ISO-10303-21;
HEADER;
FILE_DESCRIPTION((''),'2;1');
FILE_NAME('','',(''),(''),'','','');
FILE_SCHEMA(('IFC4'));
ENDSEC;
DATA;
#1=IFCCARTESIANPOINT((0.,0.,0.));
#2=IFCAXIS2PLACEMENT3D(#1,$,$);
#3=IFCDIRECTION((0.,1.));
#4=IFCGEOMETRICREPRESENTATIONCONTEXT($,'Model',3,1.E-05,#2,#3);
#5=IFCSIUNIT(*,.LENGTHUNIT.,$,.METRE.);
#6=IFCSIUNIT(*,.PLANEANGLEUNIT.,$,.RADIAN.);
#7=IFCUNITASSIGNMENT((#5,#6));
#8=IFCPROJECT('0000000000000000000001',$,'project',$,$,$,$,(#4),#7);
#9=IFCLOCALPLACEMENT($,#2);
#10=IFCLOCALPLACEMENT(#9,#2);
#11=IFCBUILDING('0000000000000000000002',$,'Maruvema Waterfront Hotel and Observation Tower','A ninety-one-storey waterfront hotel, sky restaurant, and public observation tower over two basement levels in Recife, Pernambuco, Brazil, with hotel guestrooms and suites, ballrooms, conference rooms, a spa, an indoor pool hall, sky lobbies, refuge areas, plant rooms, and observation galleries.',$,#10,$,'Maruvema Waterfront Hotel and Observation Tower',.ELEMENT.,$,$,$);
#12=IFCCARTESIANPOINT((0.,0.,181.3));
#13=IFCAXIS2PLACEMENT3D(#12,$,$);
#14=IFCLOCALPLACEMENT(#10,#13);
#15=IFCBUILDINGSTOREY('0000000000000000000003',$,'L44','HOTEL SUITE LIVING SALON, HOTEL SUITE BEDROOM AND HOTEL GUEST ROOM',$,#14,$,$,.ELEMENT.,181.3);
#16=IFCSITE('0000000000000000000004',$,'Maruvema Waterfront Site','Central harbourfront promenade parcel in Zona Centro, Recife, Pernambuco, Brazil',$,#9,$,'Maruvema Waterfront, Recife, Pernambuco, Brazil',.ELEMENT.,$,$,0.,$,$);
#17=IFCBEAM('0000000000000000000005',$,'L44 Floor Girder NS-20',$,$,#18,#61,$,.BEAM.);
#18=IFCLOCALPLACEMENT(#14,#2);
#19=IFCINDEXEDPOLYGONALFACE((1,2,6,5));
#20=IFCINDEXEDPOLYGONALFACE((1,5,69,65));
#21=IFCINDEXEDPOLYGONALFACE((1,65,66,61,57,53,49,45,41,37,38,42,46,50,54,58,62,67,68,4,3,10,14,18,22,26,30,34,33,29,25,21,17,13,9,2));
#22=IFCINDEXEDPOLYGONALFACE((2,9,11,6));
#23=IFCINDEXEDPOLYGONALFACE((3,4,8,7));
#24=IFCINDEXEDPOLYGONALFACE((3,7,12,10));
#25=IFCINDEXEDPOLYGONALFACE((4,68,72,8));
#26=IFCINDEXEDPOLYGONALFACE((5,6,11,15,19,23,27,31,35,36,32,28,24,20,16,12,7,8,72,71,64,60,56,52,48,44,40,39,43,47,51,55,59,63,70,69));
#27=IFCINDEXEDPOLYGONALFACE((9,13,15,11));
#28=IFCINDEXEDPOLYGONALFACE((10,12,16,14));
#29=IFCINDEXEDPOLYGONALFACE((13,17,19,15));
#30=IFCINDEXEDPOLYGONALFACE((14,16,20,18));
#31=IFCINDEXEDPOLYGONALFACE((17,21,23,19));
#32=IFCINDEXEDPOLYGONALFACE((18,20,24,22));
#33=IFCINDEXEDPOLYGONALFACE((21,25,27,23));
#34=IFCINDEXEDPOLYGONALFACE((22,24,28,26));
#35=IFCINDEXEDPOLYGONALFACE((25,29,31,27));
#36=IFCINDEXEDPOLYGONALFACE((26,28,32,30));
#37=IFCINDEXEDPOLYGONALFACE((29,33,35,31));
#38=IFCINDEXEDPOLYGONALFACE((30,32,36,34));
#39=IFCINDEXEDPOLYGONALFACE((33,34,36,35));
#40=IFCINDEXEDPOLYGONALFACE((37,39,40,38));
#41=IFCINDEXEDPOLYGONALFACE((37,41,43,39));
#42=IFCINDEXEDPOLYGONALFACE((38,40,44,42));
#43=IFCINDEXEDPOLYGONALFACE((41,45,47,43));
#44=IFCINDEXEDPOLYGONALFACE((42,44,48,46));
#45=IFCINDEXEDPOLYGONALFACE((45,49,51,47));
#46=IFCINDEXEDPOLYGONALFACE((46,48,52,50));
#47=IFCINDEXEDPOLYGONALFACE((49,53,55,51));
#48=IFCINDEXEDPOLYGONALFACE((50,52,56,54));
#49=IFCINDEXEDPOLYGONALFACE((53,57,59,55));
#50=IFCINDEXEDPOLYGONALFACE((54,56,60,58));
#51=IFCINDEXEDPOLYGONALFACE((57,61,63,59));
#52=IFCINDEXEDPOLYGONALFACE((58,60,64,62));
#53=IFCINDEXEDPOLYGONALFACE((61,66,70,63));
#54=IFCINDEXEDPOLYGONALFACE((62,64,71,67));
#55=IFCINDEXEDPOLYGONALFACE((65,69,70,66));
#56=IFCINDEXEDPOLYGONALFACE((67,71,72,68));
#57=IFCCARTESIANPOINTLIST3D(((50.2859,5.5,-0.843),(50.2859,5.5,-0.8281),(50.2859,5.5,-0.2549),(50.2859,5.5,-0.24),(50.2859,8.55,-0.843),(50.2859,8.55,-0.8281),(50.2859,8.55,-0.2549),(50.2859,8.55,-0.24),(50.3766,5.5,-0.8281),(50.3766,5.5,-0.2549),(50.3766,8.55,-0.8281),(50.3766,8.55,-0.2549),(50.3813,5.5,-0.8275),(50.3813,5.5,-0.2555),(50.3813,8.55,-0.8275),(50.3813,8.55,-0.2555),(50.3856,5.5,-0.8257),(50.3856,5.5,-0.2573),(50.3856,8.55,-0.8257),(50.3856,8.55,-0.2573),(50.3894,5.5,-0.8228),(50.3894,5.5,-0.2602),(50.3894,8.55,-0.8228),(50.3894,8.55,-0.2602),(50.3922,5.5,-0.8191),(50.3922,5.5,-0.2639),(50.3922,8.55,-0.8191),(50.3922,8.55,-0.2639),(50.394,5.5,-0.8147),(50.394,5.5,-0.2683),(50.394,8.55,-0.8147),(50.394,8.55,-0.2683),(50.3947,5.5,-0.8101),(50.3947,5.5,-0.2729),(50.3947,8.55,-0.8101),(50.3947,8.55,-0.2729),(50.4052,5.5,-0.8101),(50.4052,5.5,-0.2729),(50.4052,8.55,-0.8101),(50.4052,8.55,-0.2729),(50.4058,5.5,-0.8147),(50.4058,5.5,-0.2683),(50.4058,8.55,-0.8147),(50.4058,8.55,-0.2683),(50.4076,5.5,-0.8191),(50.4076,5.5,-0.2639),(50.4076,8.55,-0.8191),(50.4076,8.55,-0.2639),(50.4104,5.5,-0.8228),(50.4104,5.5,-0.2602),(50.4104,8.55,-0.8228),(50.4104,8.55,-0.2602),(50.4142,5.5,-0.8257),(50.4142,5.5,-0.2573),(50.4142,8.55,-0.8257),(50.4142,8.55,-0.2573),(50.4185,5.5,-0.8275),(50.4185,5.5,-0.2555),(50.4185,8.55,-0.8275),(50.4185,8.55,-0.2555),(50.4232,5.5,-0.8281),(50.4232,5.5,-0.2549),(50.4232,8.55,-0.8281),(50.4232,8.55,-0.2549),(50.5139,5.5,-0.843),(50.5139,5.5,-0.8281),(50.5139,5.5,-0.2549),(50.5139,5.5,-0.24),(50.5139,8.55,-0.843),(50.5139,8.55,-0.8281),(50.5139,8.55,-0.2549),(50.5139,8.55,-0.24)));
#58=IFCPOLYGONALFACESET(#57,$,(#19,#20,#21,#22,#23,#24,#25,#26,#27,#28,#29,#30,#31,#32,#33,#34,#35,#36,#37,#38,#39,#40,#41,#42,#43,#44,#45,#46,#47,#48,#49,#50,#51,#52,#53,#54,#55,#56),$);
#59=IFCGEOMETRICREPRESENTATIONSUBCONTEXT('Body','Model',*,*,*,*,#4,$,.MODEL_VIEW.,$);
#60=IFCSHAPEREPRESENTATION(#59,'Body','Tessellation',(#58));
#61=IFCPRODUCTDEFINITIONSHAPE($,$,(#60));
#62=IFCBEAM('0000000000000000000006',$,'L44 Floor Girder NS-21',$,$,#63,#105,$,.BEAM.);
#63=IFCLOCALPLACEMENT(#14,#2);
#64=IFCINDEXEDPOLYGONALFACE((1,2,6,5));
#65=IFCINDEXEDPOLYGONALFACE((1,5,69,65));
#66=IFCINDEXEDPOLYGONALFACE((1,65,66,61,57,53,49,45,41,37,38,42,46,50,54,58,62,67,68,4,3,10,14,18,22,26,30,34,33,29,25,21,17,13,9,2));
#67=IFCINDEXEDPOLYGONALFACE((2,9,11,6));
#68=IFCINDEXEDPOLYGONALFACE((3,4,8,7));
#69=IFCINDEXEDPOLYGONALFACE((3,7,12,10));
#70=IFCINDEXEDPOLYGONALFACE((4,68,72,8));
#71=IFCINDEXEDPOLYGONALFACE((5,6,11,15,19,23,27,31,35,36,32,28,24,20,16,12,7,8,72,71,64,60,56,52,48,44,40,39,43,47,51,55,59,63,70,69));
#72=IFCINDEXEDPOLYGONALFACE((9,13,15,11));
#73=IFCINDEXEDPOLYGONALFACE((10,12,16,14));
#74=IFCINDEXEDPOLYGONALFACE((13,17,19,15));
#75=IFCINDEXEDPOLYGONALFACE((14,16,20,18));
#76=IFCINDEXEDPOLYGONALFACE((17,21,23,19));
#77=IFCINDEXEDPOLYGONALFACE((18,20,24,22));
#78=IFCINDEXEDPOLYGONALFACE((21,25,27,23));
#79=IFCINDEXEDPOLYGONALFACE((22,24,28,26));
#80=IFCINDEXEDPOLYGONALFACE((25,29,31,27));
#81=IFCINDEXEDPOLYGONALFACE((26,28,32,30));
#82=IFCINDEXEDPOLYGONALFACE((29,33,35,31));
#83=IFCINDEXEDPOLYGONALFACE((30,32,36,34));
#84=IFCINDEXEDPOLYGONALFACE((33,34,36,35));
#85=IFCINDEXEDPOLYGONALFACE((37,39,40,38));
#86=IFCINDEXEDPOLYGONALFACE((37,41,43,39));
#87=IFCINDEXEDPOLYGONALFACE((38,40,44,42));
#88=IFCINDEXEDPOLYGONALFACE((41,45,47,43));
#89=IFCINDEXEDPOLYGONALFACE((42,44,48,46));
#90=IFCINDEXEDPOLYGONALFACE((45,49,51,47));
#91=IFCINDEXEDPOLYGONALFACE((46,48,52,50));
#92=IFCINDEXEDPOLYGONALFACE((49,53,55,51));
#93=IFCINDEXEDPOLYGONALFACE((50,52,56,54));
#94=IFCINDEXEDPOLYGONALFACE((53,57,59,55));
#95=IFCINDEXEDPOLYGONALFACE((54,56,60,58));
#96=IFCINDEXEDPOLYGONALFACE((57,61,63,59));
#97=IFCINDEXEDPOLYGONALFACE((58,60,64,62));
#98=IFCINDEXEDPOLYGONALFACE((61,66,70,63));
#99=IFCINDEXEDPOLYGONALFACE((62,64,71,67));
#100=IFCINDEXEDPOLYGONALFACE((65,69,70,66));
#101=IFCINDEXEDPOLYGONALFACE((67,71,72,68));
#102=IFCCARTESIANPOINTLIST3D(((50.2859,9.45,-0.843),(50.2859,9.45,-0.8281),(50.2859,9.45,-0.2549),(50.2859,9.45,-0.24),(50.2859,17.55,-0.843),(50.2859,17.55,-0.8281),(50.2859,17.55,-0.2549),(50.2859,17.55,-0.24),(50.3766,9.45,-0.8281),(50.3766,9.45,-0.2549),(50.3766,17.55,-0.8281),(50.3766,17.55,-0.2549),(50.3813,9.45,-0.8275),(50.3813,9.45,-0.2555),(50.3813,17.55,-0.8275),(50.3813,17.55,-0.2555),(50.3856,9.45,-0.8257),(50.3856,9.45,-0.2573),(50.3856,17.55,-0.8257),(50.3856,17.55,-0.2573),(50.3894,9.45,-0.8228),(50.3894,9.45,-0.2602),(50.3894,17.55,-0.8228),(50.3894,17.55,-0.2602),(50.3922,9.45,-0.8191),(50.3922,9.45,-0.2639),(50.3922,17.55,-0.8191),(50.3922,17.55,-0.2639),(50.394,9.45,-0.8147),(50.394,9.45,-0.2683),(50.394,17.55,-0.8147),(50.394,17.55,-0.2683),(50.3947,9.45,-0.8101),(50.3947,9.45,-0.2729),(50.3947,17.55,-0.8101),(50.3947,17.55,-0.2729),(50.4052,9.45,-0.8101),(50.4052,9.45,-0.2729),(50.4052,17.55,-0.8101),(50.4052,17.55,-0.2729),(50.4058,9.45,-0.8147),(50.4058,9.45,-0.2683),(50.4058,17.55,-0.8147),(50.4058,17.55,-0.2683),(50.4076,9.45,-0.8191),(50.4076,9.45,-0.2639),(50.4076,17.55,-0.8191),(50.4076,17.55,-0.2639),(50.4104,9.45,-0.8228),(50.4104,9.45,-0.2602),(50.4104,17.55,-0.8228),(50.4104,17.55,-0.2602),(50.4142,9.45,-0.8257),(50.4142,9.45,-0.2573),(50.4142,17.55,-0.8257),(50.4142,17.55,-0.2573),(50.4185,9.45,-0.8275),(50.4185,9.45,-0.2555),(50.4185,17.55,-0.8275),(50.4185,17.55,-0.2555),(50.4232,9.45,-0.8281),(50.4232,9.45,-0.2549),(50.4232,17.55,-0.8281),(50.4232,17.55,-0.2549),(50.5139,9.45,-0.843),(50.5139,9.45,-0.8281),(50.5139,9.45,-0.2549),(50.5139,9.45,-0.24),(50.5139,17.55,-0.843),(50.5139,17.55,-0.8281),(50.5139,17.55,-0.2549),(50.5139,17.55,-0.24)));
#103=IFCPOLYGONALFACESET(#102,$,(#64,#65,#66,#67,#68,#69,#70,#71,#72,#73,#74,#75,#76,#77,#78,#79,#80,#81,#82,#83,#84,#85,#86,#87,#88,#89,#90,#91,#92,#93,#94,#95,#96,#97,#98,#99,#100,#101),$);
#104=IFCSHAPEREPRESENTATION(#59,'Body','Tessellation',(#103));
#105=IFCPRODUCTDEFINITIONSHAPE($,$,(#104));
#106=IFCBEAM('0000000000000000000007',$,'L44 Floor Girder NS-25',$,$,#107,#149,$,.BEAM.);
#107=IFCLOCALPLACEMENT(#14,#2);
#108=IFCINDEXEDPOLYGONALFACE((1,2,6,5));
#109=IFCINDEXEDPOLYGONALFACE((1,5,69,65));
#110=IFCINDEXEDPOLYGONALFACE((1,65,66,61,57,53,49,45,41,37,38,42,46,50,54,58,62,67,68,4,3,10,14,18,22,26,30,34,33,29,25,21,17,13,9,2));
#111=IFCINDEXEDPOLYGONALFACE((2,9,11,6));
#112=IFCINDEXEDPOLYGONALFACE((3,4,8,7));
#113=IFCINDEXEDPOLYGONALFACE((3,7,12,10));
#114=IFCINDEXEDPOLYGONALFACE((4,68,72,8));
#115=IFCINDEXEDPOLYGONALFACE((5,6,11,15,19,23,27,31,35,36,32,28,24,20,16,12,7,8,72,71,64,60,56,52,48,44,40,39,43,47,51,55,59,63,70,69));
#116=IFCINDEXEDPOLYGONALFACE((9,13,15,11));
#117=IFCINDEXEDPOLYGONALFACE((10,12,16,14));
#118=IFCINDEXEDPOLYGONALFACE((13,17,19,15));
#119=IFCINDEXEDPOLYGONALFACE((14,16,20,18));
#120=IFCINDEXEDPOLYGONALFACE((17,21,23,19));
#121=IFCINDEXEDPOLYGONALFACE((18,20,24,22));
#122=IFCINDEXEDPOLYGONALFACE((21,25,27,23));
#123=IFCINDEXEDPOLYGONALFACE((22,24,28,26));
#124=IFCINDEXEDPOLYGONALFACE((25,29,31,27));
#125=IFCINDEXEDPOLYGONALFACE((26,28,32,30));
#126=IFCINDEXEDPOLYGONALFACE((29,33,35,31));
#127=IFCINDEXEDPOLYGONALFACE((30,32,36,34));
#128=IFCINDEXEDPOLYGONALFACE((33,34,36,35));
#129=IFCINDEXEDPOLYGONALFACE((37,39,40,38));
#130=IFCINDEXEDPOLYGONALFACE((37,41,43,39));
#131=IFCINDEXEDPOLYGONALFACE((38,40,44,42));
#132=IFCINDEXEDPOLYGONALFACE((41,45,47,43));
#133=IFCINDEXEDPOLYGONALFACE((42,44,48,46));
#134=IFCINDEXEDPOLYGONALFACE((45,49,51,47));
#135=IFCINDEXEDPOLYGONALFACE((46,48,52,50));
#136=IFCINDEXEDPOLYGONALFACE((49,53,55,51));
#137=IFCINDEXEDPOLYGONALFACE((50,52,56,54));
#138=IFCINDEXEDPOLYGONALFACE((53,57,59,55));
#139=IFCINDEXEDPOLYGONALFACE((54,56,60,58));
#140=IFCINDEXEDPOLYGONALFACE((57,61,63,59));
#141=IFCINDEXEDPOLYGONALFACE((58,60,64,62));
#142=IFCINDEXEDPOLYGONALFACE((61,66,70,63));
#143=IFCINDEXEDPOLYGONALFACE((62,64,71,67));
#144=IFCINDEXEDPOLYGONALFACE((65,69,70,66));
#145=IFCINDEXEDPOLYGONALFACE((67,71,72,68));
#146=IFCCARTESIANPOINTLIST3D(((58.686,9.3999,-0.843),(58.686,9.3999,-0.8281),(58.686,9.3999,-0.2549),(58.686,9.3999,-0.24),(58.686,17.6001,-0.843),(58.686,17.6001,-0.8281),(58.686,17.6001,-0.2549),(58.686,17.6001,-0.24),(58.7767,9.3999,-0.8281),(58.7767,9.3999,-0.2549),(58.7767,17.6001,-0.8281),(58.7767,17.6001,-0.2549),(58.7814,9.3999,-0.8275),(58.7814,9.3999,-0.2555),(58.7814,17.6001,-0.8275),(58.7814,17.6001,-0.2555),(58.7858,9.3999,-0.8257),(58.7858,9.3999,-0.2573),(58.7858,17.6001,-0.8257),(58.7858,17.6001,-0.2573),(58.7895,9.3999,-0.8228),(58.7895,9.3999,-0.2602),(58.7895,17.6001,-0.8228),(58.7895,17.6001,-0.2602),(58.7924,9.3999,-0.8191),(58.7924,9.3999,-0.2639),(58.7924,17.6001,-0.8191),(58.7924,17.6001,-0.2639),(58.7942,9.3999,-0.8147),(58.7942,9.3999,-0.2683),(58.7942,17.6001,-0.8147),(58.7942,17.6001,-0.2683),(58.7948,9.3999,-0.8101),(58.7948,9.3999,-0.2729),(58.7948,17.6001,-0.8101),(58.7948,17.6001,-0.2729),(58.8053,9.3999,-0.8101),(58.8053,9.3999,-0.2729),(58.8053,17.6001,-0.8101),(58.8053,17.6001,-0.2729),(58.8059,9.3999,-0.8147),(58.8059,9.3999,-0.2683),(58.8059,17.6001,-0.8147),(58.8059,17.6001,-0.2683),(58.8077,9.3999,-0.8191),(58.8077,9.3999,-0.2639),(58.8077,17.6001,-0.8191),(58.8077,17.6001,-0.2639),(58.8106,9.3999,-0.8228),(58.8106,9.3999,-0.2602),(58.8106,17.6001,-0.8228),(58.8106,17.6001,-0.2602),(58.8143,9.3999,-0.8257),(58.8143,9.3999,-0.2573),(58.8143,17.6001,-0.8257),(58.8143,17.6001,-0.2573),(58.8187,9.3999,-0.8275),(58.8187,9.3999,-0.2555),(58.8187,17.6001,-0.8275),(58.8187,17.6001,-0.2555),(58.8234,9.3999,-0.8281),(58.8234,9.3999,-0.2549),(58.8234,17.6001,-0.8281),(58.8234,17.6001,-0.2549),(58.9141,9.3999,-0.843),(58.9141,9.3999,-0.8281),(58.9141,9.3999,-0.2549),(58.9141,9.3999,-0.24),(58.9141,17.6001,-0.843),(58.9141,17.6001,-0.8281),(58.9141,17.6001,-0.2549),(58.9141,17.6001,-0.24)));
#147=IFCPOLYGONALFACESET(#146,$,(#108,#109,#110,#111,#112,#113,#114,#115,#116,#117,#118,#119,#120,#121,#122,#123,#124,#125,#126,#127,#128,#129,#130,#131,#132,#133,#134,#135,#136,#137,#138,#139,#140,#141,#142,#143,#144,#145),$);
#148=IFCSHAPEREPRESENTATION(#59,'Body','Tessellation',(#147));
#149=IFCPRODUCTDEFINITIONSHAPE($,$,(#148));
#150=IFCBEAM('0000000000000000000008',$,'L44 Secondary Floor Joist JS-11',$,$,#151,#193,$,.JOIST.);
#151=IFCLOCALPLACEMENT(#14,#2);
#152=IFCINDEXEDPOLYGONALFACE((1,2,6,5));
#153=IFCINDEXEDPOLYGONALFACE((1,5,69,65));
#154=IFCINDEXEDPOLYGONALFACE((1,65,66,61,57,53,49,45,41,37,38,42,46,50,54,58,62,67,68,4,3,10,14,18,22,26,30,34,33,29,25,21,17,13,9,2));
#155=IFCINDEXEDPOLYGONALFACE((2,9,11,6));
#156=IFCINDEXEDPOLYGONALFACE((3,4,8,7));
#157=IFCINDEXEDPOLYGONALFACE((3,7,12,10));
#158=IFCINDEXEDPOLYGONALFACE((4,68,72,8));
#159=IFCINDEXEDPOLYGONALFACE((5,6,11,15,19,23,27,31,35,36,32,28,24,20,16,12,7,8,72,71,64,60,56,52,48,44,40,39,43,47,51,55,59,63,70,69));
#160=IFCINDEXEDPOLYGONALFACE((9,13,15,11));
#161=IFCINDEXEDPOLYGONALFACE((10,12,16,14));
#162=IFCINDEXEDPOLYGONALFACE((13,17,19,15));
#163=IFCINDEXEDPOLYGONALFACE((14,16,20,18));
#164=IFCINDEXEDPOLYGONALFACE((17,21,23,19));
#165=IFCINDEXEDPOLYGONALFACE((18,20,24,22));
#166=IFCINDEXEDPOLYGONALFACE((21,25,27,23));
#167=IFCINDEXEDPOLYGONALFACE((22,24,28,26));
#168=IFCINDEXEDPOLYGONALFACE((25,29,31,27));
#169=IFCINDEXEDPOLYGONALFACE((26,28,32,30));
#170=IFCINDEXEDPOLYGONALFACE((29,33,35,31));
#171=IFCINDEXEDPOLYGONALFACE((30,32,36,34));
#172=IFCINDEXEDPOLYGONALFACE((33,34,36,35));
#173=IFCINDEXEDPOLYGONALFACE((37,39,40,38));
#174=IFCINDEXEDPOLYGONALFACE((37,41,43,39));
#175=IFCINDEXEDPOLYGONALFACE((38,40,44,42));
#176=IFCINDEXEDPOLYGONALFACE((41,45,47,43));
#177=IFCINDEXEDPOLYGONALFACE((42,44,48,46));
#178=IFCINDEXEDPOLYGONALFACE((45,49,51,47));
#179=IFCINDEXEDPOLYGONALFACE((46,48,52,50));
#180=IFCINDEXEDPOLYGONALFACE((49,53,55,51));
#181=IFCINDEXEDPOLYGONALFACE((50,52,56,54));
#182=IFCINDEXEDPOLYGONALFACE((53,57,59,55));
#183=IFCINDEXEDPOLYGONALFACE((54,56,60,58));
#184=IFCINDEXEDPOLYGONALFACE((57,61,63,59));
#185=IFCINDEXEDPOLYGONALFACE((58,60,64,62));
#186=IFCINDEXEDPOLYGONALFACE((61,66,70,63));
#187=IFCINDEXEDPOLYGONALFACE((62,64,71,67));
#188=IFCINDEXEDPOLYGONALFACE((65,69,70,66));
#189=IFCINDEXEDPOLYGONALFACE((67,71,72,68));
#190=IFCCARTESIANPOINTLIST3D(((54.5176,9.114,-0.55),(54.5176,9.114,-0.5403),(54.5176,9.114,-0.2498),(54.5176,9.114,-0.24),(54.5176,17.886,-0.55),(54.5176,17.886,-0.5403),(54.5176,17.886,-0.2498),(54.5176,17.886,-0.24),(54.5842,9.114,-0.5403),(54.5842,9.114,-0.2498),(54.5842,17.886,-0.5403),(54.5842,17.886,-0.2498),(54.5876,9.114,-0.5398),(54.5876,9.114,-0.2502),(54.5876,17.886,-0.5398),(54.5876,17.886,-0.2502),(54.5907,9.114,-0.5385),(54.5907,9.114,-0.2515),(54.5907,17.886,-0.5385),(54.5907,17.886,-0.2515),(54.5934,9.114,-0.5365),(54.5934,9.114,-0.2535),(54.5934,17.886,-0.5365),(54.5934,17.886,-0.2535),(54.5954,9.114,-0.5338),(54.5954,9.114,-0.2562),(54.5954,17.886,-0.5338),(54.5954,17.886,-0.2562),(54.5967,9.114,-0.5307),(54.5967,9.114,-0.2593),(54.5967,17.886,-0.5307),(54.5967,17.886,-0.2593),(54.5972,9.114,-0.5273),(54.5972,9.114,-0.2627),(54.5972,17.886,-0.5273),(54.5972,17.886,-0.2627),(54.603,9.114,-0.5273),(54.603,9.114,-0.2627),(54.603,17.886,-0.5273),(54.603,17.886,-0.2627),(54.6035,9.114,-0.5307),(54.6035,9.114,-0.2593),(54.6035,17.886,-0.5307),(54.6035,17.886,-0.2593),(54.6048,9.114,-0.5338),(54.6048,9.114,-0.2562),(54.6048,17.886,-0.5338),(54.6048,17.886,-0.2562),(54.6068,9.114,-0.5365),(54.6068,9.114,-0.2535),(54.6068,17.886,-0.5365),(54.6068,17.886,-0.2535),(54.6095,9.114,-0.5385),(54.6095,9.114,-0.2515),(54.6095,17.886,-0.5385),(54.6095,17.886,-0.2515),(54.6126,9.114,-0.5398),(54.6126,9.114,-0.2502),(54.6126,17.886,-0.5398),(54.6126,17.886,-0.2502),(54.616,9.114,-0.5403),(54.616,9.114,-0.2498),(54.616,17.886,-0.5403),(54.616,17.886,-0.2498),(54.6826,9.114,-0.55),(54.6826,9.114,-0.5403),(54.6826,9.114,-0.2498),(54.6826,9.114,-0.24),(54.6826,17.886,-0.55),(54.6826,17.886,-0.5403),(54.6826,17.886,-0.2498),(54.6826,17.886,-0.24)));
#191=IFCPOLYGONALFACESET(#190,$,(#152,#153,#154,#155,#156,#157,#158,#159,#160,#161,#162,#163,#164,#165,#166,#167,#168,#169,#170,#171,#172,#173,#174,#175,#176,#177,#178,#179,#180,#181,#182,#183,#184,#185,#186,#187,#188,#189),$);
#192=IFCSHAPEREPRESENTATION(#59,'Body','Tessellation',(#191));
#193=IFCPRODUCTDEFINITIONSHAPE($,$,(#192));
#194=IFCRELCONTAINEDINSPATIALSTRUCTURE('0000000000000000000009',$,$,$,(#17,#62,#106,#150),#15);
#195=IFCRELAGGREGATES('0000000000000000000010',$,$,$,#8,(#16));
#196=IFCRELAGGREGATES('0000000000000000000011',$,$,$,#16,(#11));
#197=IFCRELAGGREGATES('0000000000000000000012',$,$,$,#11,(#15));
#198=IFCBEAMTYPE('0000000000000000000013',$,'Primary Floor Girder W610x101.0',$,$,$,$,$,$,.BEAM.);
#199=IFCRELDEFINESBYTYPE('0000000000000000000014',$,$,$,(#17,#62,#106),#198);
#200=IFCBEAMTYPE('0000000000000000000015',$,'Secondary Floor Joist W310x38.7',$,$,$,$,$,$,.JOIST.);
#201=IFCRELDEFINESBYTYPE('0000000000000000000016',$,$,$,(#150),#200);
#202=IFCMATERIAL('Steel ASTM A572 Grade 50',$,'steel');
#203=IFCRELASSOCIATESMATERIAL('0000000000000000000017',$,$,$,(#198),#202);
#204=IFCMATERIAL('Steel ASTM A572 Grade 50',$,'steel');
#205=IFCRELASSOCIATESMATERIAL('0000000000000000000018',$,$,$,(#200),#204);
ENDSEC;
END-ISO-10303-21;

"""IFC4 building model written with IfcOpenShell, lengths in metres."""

from ifc_helpers import new_model, si_unit, direction, frame, origin, origin_2d, place, context, subcontext, project, spatial, i_section, extrude, material, material_profile, profile_set, type_object, element, save


model = new_model("IFC4")

# Units and contexts
model_context = context("Model", 3, precision=1e-05, world=origin(), true_north=direction((0.0, 1.0)))
body_context = subcontext(model_context, "Body", "Model", "MODEL_VIEW")
ifc_project = project(units=[si_unit("LENGTHUNIT", "METRE"), si_unit("PLANEANGLEUNIT", "RADIAN")], contexts=[model_context])

# Site, building, storey
site_placement = place(None, origin())
site = spatial("IfcSite", under=ifc_project, at=site_placement, Name="Maruvema Waterfront Site", Description="Central harbourfront promenade parcel in Zona Centro, Recife, Pernambuco, Brazil", LongName="Maruvema Waterfront, Recife, Pernambuco, Brazil", CompositionType="ELEMENT", RefElevation=0.0)
building_placement = place(site_placement, origin())
building = spatial("IfcBuilding", under=site, at=building_placement, Name="Maruvema Waterfront Hotel and Observation Tower", Description="A ninety-one-storey waterfront hotel, sky restaurant, and public observation tower over two basement levels in Recife, Pernambuco, Brazil, with hotel guestrooms and suites, ballrooms, conference rooms, a spa, an indoor pool hall, sky lobbies, refuge areas, plant rooms, and observation galleries.", LongName="Maruvema Waterfront Hotel and Observation Tower", CompositionType="ELEMENT")
storey_placement = place(building_placement, frame((0.0, 0.0, 181.3)))
storey = spatial("IfcBuildingStorey", under=building, at=storey_placement, Name="L44", Description="HOTEL SUITE LIVING SALON, HOTEL SUITE BEDROOM AND HOTEL GUEST ROOM", CompositionType="ELEMENT", Elevation=181.3)

# Beams
ifc_material_1 = material(Name="Steel ASTM A572 Grade 50", Category="steel")
ifc_material_profile_1 = material_profile(ifc_material_1, i_section(OverallWidth=0.228, OverallDepth=0.603, WebThickness=0.0105, FlangeThickness=0.0149, FilletRadius=0.0181, at=origin_2d()), Name="W610x101.0")
ifc_profile_set_1 = profile_set([ifc_material_profile_1], Name="Steel ASTM A572 Grade 50")
beam_type_1 = type_object("IfcBeamType", Name="Primary Floor Girder W610x101.0", PredefinedType="BEAM", material=ifc_profile_set_1)
beam_1_placement = place(storey_placement, frame((50.3999, 5.5, -0.5415), z_axis=(0.0, 1.0, 0.0), x_axis=(-1.0, 0.0, 0.0)))
element("IfcBeam", 1, at=beam_1_placement, inside=storey, type_object=beam_type_1, Name="L44 Floor Girder NS-20", PredefinedType="BEAM", context=body_context, shape_type="SweptSolid", body=[
    extrude(i_section(OverallWidth=0.228, OverallDepth=0.603, WebThickness=0.0105, FlangeThickness=0.0149, FilletRadius=0.0181, at=origin_2d()), origin(), (0.0, 0.0, 1.0), 3.05),
])
beam_2_placement = place(storey_placement, frame((50.3999, 9.45, -0.5415), z_axis=(0.0, 1.0, 0.0), x_axis=(-1.0, 0.0, 0.0)))
element("IfcBeam", 2, at=beam_2_placement, inside=storey, type_object=beam_type_1, Name="L44 Floor Girder NS-21", PredefinedType="BEAM", context=body_context, shape_type="SweptSolid", body=[
    extrude(i_section(OverallWidth=0.228, OverallDepth=0.603, WebThickness=0.0105, FlangeThickness=0.0149, FilletRadius=0.0181, at=origin_2d()), origin(), (0.0, 0.0, 1.0), 8.1001),
])
beam_3_placement = place(storey_placement, frame((58.8, 9.3999, -0.5415), z_axis=(0.0, 1.0, 0.0), x_axis=(-1.0, 0.0, 0.0)))
element("IfcBeam", 3, at=beam_3_placement, inside=storey, type_object=beam_type_1, Name="L44 Floor Girder NS-25", PredefinedType="BEAM", context=body_context, shape_type="SweptSolid", body=[
    extrude(i_section(OverallWidth=0.228, OverallDepth=0.603, WebThickness=0.0105, FlangeThickness=0.0149, FilletRadius=0.0181, at=origin_2d()), origin(), (0.0, 0.0, 1.0), 8.2002),
])
ifc_material_2 = material(Name="Steel ASTM A572 Grade 50", Category="steel")
ifc_material_profile_2 = material_profile(ifc_material_2, i_section(OverallWidth=0.165, OverallDepth=0.3101, WebThickness=0.0059, FlangeThickness=0.0098, FilletRadius=0.0129, at=origin_2d()), Name="W310x38.7")
ifc_profile_set_2 = profile_set([ifc_material_profile_2], Name="Steel ASTM A572 Grade 50")
beam_type_2 = type_object("IfcBeamType", Name="Secondary Floor Joist W310x38.7", PredefinedType="JOIST", material=ifc_profile_set_2)
beam_4_placement = place(storey_placement, frame((54.6001, 9.114, -0.395), z_axis=(0.0, 1.0, 0.0), x_axis=(-1.0, 0.0, 0.0)))
element("IfcBeam", 4, at=beam_4_placement, inside=storey, type_object=beam_type_2, Name="L44 Secondary Floor Joist JS-11", PredefinedType="JOIST", context=body_context, shape_type="SweptSolid", body=[
    extrude(i_section(OverallWidth=0.165, OverallDepth=0.3101, WebThickness=0.0059, FlangeThickness=0.0098, FilletRadius=0.0129, at=origin_2d()), origin(), (0.0, 0.0, 1.0), 8.772),
])

save(model, "model.ifc")
